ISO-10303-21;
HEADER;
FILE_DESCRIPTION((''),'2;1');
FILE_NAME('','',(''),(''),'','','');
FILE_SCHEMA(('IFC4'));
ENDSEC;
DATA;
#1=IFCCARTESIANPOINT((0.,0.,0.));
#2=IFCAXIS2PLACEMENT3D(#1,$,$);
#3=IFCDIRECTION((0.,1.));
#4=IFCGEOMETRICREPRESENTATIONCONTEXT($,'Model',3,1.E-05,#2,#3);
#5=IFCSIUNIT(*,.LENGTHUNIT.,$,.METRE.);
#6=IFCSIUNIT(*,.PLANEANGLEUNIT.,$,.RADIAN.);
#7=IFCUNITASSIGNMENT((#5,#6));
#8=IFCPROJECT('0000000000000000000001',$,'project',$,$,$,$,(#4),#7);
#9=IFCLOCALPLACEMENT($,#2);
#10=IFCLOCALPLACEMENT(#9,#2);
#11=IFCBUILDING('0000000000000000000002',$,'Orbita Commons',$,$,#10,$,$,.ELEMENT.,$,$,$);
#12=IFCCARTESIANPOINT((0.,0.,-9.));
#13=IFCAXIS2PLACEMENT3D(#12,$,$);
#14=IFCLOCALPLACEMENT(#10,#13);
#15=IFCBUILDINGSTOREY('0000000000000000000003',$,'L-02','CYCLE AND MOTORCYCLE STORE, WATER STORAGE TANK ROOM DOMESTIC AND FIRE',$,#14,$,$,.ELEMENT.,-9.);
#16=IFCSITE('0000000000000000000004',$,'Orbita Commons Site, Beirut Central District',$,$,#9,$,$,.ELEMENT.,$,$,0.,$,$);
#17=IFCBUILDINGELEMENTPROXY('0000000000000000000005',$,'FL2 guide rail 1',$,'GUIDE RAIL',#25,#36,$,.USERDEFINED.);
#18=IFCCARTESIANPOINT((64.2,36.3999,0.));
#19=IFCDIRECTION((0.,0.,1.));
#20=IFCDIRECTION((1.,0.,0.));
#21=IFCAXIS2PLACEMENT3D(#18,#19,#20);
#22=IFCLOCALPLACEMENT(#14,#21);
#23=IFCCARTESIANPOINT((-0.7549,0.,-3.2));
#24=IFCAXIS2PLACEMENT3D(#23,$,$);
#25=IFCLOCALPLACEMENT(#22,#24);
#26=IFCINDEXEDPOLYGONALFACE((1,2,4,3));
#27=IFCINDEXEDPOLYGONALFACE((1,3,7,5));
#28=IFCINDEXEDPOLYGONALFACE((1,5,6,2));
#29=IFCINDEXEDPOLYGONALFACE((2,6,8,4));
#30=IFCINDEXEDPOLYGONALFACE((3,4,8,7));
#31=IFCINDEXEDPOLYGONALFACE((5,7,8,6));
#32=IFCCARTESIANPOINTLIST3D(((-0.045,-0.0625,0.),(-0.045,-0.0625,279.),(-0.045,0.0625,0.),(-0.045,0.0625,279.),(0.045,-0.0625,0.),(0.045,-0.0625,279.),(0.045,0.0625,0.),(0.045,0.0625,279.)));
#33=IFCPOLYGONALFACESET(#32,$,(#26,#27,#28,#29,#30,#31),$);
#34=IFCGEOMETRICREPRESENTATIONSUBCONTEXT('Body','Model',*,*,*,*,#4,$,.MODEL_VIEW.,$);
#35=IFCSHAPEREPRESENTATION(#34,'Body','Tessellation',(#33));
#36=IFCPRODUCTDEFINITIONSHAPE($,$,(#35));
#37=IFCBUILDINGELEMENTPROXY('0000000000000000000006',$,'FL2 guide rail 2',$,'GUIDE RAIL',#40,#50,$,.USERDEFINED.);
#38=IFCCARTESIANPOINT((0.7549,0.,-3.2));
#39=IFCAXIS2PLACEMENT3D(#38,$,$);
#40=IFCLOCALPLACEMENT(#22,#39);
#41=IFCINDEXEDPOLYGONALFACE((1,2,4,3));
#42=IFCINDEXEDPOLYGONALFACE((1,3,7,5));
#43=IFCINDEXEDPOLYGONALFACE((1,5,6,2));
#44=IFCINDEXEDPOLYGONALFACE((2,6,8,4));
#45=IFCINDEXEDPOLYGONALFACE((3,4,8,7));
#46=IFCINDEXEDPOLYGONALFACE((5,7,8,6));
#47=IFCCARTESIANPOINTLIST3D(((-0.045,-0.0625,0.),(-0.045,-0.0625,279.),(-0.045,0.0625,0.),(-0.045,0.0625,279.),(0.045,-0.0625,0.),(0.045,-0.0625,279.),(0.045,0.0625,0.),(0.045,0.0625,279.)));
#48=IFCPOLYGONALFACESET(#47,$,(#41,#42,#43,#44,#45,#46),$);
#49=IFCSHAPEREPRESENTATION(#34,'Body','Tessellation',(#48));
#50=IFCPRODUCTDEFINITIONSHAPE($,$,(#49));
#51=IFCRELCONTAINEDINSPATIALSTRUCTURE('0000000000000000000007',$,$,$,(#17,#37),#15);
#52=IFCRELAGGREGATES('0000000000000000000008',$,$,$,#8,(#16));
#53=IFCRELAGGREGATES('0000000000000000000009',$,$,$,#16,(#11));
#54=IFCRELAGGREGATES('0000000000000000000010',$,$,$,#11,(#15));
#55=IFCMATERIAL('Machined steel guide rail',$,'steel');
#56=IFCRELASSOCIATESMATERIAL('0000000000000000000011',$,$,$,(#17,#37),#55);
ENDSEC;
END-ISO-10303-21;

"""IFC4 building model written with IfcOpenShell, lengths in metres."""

from ifc_helpers import new_model, si_unit, direction, frame, origin, origin_2d, place, context, subcontext, project, spatial, rectangle, extrude, material, element, save


model = new_model("IFC4")

# Units and contexts
model_context = context("Model", 3, precision=1e-05, world=origin(), true_north=direction((0.0, 1.0)))
body_context = subcontext(model_context, "Body", "Model", "MODEL_VIEW")
ifc_project = project(units=[si_unit("LENGTHUNIT", "METRE"), si_unit("PLANEANGLEUNIT", "RADIAN")], contexts=[model_context])

# Site, building, storey
site_placement = place(None, origin())
site = spatial("IfcSite", under=ifc_project, at=site_placement, Name="Orbita Commons Site, Beirut Central District", CompositionType="ELEMENT", RefElevation=0.0)
building_placement = place(site_placement, origin())
building = spatial("IfcBuilding", under=site, at=building_placement, Name="Orbita Commons", CompositionType="ELEMENT")
storey_placement = place(building_placement, frame((0.0, 0.0, -9.0)))
storey = spatial("IfcBuildingStorey", under=building, at=storey_placement, Name="L-02", Description="CYCLE AND MOTORCYCLE STORE, WATER STORAGE TANK ROOM DOMESTIC AND FIRE", CompositionType="ELEMENT", Elevation=-9.0)

# Shared definitions
transport_element_placement = place(storey_placement, frame((64.2, 36.3999, 0.0), z_axis=(0.0, 0.0, 1.0), x_axis=(1.0, 0.0, 0.0)))

# Building element proxies
ifc_material_1 = material(Name="Machined steel guide rail", Category="steel")
for number, where, name in (
    (1, (-0.7549, 0.0, -3.2), "FL2 guide rail 1"),
    (2, (0.7549, 0.0, -3.2), "FL2 guide rail 2"),
):
    element("IfcBuildingElementProxy", number, at=place(transport_element_placement, frame(where)), inside=storey, material=ifc_material_1, Name=name, ObjectType="GUIDE RAIL", PredefinedType="USERDEFINED", context=body_context, shape_type="SweptSolid", body=[
        extrude(rectangle(XDim=0.09, YDim=0.125, at=origin_2d()), origin(), (0.0, 0.0, 1.0), 279.0),
    ])

save(model, "model.ifc")
